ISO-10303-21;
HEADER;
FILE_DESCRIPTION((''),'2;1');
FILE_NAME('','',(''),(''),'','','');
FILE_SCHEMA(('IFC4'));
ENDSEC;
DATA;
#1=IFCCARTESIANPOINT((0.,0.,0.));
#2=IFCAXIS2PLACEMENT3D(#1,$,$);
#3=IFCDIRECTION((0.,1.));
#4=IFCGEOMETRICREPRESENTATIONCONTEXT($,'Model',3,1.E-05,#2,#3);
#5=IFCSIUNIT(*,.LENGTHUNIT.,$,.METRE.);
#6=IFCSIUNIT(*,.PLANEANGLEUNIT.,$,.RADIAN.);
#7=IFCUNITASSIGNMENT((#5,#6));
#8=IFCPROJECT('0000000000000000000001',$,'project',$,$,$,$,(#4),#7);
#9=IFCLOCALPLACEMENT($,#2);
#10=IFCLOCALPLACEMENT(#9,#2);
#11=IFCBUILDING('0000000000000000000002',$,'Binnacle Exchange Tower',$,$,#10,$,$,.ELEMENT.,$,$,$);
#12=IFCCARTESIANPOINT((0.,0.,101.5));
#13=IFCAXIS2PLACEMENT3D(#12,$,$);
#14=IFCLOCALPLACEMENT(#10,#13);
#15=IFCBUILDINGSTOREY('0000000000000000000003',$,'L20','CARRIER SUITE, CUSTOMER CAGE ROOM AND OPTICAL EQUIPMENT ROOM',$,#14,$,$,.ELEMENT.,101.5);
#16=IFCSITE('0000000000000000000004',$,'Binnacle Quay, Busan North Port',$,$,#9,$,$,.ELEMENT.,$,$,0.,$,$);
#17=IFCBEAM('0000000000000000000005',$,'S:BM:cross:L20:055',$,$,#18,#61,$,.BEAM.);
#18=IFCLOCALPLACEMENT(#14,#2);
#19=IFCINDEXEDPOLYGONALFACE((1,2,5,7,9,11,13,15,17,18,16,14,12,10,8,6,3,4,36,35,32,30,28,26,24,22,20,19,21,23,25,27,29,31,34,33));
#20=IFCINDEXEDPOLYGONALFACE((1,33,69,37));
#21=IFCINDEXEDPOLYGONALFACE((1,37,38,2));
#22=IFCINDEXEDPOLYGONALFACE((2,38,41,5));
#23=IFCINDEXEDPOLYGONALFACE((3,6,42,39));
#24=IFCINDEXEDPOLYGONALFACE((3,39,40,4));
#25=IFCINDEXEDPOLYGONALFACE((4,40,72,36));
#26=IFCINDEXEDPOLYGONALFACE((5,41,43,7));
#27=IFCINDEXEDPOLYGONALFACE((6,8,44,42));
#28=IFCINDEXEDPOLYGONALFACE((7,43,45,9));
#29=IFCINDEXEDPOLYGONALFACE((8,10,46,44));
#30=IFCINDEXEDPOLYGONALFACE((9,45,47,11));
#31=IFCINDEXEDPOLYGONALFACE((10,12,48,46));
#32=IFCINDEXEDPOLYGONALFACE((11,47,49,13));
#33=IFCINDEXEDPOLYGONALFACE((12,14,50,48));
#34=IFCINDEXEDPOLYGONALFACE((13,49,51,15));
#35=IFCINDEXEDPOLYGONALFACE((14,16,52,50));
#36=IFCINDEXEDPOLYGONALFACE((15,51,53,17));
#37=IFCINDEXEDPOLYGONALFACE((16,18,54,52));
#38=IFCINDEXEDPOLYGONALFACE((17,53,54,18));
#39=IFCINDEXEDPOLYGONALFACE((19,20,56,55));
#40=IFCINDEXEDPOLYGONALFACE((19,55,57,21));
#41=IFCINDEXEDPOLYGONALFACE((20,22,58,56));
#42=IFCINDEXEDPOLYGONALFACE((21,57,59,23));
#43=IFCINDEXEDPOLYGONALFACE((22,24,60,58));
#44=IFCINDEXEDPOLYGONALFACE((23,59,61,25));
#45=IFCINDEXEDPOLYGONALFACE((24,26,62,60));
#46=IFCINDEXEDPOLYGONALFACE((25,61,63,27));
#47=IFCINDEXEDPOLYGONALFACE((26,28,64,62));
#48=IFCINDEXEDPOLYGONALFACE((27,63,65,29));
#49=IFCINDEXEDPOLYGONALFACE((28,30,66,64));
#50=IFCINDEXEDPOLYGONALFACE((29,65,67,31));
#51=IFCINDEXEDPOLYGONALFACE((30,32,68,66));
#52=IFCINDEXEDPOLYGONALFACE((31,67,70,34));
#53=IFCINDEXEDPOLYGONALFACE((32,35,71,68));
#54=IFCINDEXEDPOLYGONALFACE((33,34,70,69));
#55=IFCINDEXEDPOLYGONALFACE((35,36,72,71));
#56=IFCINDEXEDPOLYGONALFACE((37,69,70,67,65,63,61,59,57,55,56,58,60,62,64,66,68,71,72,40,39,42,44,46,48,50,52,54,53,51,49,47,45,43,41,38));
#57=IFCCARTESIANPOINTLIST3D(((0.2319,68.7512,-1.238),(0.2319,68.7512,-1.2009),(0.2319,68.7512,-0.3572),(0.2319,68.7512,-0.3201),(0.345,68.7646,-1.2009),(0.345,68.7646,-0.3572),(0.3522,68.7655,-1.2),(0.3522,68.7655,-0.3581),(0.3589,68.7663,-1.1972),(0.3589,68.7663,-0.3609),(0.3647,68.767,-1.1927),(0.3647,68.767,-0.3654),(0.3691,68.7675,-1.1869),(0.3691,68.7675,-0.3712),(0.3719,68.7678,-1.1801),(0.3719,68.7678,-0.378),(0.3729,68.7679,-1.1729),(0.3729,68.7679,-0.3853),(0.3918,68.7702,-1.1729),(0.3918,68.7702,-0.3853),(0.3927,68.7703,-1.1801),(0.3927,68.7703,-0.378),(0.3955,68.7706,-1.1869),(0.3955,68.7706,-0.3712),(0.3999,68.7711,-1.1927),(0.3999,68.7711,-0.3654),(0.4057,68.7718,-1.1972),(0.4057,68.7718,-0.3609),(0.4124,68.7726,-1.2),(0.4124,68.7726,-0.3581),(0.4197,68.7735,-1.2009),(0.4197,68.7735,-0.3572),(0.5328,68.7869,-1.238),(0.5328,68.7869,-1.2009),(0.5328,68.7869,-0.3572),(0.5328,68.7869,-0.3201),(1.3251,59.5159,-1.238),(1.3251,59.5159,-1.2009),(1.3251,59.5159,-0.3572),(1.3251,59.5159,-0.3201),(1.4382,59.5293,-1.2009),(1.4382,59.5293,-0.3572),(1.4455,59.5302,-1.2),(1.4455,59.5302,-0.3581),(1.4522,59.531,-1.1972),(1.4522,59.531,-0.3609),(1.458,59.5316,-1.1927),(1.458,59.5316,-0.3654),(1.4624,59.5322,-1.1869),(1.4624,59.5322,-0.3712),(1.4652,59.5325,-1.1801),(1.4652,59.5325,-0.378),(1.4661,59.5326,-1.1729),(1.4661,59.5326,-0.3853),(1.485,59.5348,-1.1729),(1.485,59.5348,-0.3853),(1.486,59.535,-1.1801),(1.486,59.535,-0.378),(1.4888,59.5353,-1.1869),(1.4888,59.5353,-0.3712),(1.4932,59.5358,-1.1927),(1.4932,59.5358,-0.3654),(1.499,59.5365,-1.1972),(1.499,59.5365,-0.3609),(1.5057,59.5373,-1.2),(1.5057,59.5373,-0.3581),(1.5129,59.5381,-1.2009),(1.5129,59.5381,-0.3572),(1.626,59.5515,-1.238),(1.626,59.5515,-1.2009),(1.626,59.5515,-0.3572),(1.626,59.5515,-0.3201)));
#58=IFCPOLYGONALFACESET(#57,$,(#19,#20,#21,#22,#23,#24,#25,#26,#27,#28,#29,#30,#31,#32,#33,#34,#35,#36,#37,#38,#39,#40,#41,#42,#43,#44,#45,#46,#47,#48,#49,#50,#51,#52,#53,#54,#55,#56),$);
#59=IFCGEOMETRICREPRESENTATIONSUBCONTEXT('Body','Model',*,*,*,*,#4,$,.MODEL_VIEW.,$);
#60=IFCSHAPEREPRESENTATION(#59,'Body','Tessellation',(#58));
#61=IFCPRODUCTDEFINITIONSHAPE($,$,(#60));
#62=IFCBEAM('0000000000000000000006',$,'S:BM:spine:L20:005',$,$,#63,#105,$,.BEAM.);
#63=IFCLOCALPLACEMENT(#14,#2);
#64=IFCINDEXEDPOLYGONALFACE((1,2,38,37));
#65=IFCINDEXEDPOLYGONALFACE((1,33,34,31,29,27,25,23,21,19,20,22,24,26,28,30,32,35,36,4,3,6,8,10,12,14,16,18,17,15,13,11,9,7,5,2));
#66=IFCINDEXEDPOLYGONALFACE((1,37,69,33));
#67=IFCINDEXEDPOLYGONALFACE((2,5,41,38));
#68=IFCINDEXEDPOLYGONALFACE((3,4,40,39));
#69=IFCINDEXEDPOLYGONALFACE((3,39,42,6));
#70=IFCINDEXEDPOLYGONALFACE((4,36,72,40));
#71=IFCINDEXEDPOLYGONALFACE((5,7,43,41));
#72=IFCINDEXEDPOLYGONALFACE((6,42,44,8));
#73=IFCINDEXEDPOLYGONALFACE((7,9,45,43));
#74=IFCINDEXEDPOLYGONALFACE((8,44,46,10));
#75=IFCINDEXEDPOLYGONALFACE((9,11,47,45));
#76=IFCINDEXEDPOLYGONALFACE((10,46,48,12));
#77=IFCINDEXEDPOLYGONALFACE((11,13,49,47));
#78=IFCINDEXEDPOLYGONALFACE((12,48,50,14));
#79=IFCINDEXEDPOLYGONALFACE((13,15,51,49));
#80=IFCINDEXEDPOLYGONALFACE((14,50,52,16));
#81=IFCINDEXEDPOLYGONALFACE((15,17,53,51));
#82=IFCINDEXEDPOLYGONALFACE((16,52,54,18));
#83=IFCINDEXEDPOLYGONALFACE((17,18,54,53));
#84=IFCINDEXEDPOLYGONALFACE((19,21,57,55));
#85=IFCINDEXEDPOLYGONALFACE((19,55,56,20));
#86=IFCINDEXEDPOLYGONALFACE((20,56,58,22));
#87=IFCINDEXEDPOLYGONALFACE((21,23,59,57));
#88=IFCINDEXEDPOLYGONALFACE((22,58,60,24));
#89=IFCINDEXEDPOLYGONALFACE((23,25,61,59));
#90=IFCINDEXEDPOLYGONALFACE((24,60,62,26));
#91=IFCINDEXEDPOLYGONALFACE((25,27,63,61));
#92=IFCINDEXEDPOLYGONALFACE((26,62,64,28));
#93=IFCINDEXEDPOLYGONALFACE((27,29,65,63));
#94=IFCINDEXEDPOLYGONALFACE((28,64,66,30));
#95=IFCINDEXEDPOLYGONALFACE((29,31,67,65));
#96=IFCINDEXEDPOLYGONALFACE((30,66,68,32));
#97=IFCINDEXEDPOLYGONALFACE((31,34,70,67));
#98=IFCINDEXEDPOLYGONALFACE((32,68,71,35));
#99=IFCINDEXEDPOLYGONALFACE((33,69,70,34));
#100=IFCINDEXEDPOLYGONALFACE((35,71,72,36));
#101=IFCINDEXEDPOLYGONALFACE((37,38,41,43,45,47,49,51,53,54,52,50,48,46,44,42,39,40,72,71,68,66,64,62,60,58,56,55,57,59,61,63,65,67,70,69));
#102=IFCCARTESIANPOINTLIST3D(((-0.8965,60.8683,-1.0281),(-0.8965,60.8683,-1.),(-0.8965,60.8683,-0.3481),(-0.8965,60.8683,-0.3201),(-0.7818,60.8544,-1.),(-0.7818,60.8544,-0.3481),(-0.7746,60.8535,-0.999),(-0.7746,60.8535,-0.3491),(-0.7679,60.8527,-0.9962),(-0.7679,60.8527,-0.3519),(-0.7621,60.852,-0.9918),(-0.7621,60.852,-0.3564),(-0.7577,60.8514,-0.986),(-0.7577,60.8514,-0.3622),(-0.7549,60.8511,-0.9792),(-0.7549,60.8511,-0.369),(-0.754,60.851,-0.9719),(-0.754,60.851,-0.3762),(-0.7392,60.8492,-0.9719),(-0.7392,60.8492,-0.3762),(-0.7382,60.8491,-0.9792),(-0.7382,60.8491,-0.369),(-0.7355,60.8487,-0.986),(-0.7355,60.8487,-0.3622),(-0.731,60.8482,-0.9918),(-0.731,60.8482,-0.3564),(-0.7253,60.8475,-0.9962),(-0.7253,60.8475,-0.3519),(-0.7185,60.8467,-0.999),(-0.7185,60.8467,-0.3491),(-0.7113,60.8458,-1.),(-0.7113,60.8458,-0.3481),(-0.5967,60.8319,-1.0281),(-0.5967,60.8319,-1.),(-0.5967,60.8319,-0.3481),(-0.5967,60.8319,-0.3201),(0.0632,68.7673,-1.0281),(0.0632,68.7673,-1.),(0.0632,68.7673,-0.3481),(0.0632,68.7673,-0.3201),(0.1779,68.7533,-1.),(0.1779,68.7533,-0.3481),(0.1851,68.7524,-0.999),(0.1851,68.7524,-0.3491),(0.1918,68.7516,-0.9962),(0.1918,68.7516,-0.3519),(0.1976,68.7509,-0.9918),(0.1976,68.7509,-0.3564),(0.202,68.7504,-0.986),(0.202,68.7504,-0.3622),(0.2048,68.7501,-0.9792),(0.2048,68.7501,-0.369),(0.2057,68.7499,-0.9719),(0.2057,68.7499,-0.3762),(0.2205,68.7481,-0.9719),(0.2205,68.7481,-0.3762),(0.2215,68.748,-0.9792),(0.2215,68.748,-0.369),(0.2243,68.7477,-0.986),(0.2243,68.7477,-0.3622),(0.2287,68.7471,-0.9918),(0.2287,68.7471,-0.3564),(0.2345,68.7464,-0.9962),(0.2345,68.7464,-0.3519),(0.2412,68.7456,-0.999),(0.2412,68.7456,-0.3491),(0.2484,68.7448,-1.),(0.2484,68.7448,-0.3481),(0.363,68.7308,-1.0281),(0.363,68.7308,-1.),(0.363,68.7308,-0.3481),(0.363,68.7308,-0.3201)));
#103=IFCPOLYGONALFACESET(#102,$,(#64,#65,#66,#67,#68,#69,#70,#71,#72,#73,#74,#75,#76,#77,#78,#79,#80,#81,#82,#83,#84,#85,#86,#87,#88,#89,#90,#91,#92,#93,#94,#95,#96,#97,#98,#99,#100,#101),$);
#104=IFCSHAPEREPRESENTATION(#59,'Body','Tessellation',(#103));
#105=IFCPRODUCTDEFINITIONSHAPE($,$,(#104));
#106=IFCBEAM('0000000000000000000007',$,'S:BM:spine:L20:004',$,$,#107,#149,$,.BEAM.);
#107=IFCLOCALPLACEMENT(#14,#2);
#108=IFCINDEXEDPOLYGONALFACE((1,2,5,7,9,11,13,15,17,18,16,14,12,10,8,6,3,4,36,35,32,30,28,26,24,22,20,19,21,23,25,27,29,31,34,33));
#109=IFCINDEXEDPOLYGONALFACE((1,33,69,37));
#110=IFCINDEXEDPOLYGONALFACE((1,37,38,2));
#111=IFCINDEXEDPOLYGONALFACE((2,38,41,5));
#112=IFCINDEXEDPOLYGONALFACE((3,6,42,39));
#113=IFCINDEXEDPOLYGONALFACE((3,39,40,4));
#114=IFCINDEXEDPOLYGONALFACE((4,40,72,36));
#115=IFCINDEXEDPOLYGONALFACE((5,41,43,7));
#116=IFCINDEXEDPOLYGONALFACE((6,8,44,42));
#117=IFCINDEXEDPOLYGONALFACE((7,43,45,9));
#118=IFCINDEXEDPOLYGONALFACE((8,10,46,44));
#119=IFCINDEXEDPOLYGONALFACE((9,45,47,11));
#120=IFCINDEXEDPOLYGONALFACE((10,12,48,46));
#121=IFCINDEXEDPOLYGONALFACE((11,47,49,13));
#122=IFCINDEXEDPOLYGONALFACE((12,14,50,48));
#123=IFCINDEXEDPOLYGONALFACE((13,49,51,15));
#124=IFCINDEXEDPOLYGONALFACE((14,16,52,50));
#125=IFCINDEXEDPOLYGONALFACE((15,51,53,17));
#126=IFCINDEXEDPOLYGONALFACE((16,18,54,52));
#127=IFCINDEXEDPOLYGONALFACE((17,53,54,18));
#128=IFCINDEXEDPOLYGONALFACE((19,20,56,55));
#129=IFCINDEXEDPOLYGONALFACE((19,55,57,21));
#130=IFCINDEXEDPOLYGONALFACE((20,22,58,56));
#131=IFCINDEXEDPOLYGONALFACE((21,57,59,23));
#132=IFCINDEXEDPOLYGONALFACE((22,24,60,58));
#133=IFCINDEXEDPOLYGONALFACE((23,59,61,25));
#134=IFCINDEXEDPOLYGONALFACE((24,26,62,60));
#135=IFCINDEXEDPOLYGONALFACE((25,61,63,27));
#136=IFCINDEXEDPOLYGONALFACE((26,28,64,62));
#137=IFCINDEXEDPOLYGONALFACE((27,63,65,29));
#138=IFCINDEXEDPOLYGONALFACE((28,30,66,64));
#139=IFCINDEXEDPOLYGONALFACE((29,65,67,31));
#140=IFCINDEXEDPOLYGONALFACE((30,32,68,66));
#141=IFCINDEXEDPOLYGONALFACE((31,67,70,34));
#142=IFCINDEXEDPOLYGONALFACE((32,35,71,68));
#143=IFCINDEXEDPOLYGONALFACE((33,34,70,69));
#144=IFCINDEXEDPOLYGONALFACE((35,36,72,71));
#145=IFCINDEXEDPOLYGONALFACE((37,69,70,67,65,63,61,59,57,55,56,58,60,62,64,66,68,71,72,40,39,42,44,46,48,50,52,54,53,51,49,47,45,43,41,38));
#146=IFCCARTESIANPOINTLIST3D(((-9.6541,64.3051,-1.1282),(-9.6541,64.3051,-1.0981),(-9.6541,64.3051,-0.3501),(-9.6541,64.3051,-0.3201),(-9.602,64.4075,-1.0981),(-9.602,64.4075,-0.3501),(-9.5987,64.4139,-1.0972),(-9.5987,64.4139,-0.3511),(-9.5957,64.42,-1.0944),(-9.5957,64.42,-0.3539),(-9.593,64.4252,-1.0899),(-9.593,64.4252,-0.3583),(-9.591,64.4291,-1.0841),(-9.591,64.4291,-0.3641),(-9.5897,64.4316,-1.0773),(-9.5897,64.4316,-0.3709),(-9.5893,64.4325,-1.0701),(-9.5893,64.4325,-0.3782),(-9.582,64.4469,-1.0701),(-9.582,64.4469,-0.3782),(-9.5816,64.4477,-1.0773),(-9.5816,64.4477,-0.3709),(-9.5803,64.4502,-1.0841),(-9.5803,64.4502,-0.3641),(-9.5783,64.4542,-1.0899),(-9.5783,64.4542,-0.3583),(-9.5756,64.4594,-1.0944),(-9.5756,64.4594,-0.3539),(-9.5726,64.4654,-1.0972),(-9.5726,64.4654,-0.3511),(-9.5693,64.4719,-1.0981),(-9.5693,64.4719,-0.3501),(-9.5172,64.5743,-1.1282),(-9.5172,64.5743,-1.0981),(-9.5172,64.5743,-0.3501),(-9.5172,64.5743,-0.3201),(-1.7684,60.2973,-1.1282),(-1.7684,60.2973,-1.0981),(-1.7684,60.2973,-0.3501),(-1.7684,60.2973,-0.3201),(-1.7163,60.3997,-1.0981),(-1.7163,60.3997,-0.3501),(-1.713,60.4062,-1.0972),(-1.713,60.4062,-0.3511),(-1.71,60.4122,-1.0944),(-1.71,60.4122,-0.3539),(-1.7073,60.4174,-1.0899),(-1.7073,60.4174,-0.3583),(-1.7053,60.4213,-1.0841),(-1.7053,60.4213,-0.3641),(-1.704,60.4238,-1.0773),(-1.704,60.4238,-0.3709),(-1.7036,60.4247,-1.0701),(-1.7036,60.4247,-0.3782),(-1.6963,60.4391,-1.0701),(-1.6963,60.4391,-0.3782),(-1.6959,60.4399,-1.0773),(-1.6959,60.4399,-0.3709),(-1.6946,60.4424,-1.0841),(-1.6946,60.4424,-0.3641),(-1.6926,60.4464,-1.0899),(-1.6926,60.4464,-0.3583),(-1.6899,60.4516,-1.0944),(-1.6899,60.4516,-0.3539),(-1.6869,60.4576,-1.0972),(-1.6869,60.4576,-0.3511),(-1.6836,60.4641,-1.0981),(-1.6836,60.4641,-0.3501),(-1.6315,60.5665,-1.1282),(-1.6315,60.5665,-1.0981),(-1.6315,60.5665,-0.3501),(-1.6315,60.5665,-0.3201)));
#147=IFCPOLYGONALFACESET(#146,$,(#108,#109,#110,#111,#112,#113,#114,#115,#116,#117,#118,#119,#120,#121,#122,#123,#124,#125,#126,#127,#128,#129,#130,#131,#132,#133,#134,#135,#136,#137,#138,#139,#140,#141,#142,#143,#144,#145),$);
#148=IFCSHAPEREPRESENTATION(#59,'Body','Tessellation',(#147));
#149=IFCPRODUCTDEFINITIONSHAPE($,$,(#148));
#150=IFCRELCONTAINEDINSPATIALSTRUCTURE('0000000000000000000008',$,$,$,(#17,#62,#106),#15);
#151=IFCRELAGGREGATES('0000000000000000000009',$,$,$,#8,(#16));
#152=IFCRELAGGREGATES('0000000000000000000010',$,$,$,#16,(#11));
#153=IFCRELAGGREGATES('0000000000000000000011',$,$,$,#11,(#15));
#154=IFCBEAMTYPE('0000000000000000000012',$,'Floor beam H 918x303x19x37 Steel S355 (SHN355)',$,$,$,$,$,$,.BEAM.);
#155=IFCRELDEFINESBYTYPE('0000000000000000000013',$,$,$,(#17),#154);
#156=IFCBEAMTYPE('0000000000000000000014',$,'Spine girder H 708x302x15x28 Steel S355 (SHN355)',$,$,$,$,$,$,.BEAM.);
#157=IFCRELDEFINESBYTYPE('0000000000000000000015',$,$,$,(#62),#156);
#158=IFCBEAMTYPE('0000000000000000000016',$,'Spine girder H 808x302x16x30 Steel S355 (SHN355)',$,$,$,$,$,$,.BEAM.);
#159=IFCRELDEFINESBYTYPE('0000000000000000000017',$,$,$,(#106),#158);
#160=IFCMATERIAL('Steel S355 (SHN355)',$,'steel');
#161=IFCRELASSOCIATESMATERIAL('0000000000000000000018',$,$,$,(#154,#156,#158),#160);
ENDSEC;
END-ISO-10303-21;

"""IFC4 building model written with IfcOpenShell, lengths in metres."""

from ifc_helpers import new_model, si_unit, direction, frame, origin, origin_2d, place, context, subcontext, project, spatial, i_section, extrude, material, material_profile, profile_set, type_object, element, save


model = new_model("IFC4")

# Units and contexts
model_context = context("Model", 3, precision=1e-05, world=origin(), true_north=direction((0.0, 1.0)))
body_context = subcontext(model_context, "Body", "Model", "MODEL_VIEW")
ifc_project = project(units=[si_unit("LENGTHUNIT", "METRE"), si_unit("PLANEANGLEUNIT", "RADIAN")], contexts=[model_context])

# Site, building, storey
site_placement = place(None, origin())
site = spatial("IfcSite", under=ifc_project, at=site_placement, Name="Binnacle Quay, Busan North Port", CompositionType="ELEMENT", RefElevation=0.0)
building_placement = place(site_placement, origin())
building = spatial("IfcBuilding", under=site, at=building_placement, Name="Binnacle Exchange Tower", CompositionType="ELEMENT")
storey_placement = place(building_placement, frame((0.0, 0.0, 101.5)))
storey = spatial("IfcBuildingStorey", under=building, at=storey_placement, Name="L20", Description="CARRIER SUITE, CUSTOMER CAGE ROOM AND OPTICAL EQUIPMENT ROOM", CompositionType="ELEMENT", Elevation=101.5)

# Beams
ifc_material_1 = material(Name="Steel S355 (SHN355)", Category="steel")
ifc_material_profile_1 = material_profile(ifc_material_1, i_section(OverallWidth=0.303, OverallDepth=0.918, WebThickness=0.019, FlangeThickness=0.0371, FilletRadius=0.0281, at=origin_2d()), Name="H 918x303x19x37")
ifc_profile_set_1 = profile_set([ifc_material_profile_1], Name="Steel S355 (SHN355)")
beam_type_1 = type_object("IfcBeamType", Name="Floor beam H 918x303x19x37 Steel S355 (SHN355)", PredefinedType="BEAM", material=ifc_profile_set_1)
beam_1_placement = place(storey_placement, frame((0.3823, 68.769, -0.7791), z_axis=(0.117557, -0.993066, 0.0), x_axis=(0.993066, 0.117557, 0.0)))
element("IfcBeam", 1, at=beam_1_placement, inside=storey, type_object=beam_type_1, Name="S:BM:cross:L20:055", PredefinedType="BEAM", context=body_context, shape_type="SweptSolid", body=[
    extrude(i_section(OverallWidth=0.303, OverallDepth=0.918, WebThickness=0.019, FlangeThickness=0.0371, FilletRadius=0.0281, at=origin_2d()), origin(), (0.0, 0.0, 1.0), 9.2998),
])
ifc_material_profile_2 = material_profile(ifc_material_1, i_section(OverallWidth=0.302, OverallDepth=0.708, WebThickness=0.0149, FlangeThickness=0.0281, FilletRadius=0.0281, at=origin_2d()), Name="H 708x302x15x28")
ifc_profile_set_2 = profile_set([ifc_material_profile_2], Name="Steel S355 (SHN355)")
beam_type_2 = type_object("IfcBeamType", Name="Spine girder H 708x302x15x28 Steel S355 (SHN355)", PredefinedType="BEAM", material=ifc_profile_set_2)
beam_2_placement = place(storey_placement, frame((-0.7466, 60.8501, -0.6741), z_axis=(0.120613, 0.9927, 0.0), x_axis=(-0.9927, 0.120613, 0.0)))
element("IfcBeam", 2, at=beam_2_placement, inside=storey, type_object=beam_type_2, Name="S:BM:spine:L20:005", PredefinedType="BEAM", context=body_context, shape_type="SweptSolid", body=[
    extrude(i_section(OverallWidth=0.302, OverallDepth=0.708, WebThickness=0.0149, FlangeThickness=0.0281, FilletRadius=0.0281, at=origin_2d()), origin(), (0.0, 0.0, 1.0), 7.957),
])
ifc_material_profile_3 = material_profile(ifc_material_1, i_section(OverallWidth=0.302, OverallDepth=0.8081, WebThickness=0.0161, FlangeThickness=0.03, FilletRadius=0.0281, at=origin_2d()), Name="H 808x302x16x30")
ifc_profile_set_3 = profile_set([ifc_material_profile_3], Name="Steel S355 (SHN355)")
beam_type_3 = type_object("IfcBeamType", Name="Spine girder H 808x302x16x30 Steel S355 (SHN355)", PredefinedType="BEAM", material=ifc_profile_set_3)
beam_3_placement = place(storey_placement, frame((-1.7, 60.4319, -0.7241), z_axis=(-0.891471, 0.453077, 0.0), x_axis=(-0.453077, -0.891471, 0.0)))
element("IfcBeam", 3, at=beam_3_placement, inside=storey, type_object=beam_type_3, Name="S:BM:spine:L20:004", PredefinedType="BEAM", context=body_context, shape_type="SweptSolid", body=[
    extrude(i_section(OverallWidth=0.302, OverallDepth=0.8081, WebThickness=0.0161, FlangeThickness=0.03, FilletRadius=0.0281, at=origin_2d()), origin(), (0.0, 0.0, 1.0), 8.8457),
])

save(model, "model.ifc")
